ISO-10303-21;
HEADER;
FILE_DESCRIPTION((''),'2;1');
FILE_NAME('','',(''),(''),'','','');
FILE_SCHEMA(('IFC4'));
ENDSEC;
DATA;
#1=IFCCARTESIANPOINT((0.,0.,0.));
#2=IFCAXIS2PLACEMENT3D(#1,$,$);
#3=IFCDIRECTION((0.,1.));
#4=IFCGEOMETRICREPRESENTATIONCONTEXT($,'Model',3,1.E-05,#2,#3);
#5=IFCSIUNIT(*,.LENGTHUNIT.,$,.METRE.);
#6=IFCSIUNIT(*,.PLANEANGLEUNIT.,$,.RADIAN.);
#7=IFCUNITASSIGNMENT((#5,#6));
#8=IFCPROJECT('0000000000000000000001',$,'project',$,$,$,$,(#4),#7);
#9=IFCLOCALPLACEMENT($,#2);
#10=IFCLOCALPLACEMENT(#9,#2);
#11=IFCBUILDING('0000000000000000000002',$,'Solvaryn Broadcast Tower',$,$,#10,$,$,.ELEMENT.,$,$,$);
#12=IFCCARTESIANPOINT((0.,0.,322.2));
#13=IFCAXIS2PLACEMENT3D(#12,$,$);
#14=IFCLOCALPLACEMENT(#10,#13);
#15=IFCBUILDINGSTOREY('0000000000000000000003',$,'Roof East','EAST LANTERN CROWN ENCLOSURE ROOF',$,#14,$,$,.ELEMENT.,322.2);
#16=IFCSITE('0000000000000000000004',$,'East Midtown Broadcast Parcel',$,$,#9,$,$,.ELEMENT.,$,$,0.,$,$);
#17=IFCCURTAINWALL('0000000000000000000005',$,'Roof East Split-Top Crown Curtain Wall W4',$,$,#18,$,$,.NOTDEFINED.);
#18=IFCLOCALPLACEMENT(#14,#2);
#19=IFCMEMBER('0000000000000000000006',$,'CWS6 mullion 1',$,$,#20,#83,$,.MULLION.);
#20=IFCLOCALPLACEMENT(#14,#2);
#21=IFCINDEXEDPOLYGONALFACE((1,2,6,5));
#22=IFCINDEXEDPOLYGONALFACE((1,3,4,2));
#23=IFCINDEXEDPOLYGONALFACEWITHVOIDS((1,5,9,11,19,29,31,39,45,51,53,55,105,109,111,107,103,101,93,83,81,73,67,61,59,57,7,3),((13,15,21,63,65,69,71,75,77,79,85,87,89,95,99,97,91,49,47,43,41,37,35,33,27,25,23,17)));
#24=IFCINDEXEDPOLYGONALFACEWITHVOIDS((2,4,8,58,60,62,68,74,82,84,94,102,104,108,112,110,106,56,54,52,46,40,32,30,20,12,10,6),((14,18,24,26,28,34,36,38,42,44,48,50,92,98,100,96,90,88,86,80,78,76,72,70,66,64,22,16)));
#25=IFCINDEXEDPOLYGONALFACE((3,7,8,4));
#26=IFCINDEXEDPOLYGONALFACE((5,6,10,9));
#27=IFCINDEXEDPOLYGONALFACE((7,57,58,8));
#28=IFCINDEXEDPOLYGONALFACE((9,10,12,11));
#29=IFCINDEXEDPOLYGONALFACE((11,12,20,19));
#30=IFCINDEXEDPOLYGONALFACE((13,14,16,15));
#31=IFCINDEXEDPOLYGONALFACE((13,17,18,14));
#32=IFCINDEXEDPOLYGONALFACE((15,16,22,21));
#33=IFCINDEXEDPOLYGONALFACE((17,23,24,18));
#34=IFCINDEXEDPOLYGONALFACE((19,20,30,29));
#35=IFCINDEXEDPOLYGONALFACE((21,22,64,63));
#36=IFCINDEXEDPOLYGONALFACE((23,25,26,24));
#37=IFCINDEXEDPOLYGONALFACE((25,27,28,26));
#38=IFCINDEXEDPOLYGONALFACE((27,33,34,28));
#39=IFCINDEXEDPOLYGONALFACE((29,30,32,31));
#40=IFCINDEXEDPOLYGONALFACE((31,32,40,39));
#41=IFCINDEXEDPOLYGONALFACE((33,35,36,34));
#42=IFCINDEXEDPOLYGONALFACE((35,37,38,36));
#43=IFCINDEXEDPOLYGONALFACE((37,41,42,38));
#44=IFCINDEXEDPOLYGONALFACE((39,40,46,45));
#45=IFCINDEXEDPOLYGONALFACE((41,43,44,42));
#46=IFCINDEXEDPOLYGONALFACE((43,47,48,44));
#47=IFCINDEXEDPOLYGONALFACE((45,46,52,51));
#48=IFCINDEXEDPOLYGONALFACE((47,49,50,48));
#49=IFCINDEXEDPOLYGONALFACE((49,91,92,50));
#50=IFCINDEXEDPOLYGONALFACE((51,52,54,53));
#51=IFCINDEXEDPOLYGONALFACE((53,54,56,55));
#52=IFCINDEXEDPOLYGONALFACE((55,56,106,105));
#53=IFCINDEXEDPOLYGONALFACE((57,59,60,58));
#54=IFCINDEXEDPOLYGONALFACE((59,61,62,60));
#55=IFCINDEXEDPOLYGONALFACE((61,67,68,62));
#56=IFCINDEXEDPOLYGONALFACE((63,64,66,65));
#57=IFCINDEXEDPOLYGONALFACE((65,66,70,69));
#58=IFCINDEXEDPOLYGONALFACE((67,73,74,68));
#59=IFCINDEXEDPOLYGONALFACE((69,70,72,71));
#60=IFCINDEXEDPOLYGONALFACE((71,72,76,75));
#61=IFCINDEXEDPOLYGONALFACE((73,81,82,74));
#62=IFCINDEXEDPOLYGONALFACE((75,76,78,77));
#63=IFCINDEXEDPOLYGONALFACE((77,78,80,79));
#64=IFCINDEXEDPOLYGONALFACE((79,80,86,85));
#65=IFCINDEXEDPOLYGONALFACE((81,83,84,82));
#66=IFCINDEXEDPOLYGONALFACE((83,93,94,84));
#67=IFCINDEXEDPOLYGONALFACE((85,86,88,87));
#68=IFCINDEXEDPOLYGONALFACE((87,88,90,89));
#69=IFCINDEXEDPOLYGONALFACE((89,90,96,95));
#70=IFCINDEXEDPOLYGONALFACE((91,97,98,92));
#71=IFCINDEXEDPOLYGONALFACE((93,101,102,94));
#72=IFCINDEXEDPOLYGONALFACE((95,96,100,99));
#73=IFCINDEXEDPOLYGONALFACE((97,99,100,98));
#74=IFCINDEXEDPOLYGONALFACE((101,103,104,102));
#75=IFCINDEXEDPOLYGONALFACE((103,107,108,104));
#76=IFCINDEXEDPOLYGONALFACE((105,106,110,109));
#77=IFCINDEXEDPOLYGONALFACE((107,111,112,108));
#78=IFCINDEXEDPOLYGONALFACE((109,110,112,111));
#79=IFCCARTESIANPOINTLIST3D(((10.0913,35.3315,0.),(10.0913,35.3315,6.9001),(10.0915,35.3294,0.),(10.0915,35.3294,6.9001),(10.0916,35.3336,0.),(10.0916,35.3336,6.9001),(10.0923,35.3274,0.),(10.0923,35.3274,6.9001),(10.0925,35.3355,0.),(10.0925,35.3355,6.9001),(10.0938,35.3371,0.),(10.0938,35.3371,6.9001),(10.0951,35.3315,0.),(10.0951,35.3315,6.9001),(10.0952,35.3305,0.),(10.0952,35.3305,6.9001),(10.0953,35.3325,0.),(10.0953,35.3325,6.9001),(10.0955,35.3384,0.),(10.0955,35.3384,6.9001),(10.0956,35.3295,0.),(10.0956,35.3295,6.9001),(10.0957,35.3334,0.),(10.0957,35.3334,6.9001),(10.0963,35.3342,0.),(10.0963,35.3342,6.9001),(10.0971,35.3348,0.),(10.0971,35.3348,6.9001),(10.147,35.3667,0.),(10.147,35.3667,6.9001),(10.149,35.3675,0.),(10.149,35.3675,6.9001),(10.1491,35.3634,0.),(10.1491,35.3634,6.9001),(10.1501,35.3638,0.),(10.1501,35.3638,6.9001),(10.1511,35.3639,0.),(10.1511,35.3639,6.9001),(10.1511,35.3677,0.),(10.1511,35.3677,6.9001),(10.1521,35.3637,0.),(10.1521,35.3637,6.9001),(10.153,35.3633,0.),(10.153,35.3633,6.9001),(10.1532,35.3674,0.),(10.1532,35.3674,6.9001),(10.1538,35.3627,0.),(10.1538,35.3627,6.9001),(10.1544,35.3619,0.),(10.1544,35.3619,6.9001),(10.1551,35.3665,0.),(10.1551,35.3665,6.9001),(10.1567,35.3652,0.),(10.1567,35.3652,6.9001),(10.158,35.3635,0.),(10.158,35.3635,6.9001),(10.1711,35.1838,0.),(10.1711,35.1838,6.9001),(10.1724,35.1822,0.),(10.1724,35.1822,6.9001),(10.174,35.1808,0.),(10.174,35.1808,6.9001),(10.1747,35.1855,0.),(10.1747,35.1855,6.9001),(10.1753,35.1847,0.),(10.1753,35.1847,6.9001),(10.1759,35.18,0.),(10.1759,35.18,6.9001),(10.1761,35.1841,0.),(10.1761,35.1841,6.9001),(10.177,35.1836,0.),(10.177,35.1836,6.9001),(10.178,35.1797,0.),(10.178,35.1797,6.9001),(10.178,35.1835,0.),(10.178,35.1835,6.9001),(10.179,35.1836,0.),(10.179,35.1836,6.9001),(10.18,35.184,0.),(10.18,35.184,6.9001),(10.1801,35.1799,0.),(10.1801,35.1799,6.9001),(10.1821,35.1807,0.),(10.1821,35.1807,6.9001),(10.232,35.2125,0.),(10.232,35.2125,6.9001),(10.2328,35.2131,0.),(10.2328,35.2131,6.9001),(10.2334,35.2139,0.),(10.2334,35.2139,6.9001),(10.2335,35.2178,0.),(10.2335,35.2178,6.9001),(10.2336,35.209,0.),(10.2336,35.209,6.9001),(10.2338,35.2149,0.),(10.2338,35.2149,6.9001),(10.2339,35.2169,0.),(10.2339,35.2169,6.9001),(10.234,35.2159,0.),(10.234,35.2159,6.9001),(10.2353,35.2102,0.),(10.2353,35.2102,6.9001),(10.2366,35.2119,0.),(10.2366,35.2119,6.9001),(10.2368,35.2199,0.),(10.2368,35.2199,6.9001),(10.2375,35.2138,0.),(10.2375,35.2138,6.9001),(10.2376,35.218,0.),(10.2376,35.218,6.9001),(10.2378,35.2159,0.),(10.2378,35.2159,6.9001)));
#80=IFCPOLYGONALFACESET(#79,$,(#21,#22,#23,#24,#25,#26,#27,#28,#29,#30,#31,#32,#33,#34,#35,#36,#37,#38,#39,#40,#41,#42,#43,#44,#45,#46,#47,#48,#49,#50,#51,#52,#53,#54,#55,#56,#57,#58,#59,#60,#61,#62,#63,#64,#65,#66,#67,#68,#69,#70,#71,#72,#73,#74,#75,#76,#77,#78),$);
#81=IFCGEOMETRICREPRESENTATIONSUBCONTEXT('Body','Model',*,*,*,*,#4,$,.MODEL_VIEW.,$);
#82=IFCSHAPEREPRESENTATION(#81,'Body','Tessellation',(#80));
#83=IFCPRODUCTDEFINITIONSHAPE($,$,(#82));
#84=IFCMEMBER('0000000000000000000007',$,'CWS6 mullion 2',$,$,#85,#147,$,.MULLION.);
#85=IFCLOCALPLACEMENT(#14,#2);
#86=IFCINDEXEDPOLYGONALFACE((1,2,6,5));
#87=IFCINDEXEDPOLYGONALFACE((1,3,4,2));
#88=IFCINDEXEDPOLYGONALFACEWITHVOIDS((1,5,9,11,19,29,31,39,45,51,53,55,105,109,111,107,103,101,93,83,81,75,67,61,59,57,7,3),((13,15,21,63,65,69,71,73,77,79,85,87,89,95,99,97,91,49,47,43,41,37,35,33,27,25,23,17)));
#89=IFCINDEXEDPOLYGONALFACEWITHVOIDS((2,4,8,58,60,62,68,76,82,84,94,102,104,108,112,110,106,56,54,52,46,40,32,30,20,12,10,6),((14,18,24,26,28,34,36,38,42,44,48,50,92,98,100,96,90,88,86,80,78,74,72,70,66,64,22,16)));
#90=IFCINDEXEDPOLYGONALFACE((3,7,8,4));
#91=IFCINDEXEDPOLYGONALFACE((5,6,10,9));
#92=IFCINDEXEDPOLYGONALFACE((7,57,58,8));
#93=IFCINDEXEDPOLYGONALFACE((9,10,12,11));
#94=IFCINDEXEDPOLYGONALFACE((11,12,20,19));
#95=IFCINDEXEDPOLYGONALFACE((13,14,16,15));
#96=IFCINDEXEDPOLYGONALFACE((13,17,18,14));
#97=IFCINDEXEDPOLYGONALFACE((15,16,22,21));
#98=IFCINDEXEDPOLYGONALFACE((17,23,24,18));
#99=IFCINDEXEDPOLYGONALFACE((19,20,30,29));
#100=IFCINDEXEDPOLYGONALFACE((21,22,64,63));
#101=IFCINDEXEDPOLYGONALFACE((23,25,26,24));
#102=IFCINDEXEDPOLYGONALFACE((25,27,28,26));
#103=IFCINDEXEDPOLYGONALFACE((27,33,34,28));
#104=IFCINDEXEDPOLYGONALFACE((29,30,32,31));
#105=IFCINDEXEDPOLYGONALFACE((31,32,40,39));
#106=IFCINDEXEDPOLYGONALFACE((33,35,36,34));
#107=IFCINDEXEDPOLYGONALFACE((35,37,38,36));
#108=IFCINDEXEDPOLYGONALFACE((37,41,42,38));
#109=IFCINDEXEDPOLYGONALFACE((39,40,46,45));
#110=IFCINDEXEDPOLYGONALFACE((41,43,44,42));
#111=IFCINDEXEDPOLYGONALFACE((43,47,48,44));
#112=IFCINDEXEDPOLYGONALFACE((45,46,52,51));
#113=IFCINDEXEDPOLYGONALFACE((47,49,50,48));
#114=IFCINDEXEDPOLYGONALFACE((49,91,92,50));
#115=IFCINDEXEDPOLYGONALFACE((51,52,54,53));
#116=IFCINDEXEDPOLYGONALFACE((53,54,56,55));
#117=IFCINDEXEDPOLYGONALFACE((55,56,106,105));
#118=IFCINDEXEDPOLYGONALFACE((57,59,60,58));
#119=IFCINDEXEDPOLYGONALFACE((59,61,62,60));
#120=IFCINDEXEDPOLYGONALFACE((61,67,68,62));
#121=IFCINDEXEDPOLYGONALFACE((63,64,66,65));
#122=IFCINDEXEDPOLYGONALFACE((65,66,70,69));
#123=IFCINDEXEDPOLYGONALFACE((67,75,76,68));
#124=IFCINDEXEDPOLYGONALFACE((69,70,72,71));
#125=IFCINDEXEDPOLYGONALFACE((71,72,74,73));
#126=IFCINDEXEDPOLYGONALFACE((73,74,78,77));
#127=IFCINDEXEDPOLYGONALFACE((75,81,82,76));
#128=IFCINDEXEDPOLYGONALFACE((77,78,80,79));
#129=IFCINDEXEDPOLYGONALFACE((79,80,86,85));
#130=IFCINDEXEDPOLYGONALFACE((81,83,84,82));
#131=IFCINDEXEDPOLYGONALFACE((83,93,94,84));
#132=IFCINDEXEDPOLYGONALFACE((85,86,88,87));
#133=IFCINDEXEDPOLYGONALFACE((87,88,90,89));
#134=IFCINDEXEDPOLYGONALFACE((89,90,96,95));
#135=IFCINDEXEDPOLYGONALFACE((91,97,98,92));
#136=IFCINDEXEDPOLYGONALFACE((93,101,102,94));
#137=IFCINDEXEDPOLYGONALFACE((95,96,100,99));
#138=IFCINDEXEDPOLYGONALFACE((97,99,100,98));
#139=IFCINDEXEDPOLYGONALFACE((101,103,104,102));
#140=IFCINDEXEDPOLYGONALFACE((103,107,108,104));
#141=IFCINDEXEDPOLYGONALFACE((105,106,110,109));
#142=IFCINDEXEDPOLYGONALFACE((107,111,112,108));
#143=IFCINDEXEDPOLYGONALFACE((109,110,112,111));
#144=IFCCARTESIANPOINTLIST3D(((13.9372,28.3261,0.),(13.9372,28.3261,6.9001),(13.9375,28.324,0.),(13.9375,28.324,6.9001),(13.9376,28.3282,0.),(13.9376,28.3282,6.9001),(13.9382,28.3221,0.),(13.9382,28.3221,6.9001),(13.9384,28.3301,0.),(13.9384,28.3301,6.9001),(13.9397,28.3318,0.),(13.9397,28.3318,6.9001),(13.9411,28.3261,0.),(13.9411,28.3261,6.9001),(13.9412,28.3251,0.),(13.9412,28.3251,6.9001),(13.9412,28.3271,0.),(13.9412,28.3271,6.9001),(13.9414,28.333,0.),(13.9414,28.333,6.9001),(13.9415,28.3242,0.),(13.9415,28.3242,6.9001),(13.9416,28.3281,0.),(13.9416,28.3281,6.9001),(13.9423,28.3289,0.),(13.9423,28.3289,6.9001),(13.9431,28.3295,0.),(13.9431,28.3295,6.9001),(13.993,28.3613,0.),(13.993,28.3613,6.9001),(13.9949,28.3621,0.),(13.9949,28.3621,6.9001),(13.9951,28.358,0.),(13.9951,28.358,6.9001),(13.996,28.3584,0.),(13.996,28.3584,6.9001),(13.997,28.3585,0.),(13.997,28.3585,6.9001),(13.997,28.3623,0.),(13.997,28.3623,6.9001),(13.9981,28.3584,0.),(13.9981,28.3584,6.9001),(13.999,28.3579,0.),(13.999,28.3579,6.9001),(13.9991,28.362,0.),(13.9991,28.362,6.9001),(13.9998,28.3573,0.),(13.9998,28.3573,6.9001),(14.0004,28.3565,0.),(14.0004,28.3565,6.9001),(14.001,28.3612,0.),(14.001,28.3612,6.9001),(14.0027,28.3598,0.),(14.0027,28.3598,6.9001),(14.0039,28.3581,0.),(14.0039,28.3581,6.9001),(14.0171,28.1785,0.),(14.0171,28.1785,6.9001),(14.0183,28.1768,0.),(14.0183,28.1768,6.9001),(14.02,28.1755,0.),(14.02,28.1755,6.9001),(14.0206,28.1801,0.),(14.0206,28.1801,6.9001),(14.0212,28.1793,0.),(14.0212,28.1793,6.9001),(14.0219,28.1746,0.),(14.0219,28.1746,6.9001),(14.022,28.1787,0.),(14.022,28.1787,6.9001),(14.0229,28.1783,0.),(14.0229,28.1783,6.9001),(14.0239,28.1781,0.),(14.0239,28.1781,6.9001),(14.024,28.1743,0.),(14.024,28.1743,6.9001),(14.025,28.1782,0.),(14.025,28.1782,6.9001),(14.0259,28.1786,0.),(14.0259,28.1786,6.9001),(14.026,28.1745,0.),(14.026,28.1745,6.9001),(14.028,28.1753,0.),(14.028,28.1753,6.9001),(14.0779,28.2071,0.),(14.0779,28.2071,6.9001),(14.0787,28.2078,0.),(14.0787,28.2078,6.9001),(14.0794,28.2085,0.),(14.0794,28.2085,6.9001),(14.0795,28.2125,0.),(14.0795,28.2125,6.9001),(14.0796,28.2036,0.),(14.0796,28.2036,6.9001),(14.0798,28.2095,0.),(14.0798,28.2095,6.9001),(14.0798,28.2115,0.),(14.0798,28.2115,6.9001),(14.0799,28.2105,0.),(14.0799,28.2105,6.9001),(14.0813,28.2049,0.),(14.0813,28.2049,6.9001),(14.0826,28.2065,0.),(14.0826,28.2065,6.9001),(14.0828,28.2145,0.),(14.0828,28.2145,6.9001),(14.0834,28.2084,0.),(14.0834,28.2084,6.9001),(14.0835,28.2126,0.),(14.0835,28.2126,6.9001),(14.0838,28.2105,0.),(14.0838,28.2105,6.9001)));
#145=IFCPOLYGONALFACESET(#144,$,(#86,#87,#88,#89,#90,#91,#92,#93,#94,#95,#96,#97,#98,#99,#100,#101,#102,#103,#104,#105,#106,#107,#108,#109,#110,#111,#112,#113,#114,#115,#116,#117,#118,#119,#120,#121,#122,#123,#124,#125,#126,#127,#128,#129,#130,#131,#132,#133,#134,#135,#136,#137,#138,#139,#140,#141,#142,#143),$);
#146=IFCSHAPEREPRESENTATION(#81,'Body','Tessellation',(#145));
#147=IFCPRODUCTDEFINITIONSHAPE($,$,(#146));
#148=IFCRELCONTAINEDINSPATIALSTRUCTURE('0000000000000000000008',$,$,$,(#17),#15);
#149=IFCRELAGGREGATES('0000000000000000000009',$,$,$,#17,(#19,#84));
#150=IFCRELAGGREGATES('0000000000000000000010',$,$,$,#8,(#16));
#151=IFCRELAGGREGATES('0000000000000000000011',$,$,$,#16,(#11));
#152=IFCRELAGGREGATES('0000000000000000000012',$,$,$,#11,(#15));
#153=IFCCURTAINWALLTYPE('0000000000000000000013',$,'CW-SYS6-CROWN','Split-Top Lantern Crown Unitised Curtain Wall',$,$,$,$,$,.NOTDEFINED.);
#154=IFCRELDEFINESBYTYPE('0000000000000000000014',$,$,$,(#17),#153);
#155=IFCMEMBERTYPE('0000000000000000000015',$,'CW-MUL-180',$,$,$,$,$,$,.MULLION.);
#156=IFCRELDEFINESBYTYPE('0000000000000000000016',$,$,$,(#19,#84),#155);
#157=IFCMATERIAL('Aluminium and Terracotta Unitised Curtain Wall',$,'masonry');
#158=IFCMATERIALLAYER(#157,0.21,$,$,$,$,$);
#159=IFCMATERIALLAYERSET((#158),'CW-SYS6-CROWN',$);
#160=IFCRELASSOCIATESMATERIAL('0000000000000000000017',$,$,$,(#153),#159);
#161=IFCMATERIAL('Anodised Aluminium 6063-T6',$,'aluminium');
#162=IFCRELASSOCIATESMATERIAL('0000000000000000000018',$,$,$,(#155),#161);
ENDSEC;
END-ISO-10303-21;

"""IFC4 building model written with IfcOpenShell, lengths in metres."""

from ifc_helpers import new_model, si_unit, direction, frame, origin, origin_2d, place, context, subcontext, project, spatial, hollow_rectangle, extrude, material, layer, layer_set, material_profile, profile_set, type_object, element, aggregate, save


model = new_model("IFC4")

# Units and contexts
model_context = context("Model", 3, precision=1e-05, world=origin(), true_north=direction((0.0, 1.0)))
body_context = subcontext(model_context, "Body", "Model", "MODEL_VIEW")
ifc_project = project(units=[si_unit("LENGTHUNIT", "METRE"), si_unit("PLANEANGLEUNIT", "RADIAN")], contexts=[model_context])

# Site, building, storey
site_placement = place(None, origin())
site = spatial("IfcSite", under=ifc_project, at=site_placement, Name="East Midtown Broadcast Parcel", CompositionType="ELEMENT", RefElevation=0.0)
building_placement = place(site_placement, origin())
building = spatial("IfcBuilding", under=site, at=building_placement, Name="Solvaryn Broadcast Tower", CompositionType="ELEMENT")
storey_placement = place(building_placement, frame((0.0, 0.0, 322.2)))
storey = spatial("IfcBuildingStorey", under=building, at=storey_placement, Name="Roof East", Description="EAST LANTERN CROWN ENCLOSURE ROOF", CompositionType="ELEMENT", Elevation=322.2)

# Curtain wall, members
ifc_material_1 = material(Name="Aluminium and Terracotta Unitised Curtain Wall", Category="masonry")
ifc_layer_1 = layer(ifc_material_1, 0.21)
ifc_layer_set_1 = layer_set([ifc_layer_1], Name="CW-SYS6-CROWN")
curtain_wall_type = type_object("IfcCurtainWallType", Name="CW-SYS6-CROWN", Description="Split-Top Lantern Crown Unitised Curtain Wall", PredefinedType="NOTDEFINED", material=ifc_layer_set_1)
curtain_wall_1_placement = place(storey_placement, origin())
curtain_wall_1 = element("IfcCurtainWall", 1, at=curtain_wall_1_placement, inside=storey, type_object=curtain_wall_type, Name="Roof East Split-Top Crown Curtain Wall W4", PredefinedType="NOTDEFINED")
ifc_material_2 = material(Name="Anodised Aluminium 6063-T6", Category="aluminium")
ifc_material_profile_1 = material_profile(ifc_material_2, hollow_rectangle(XDim=0.075, YDim=0.1799, WallThickness=0.0039, InnerFilletRadius=0.0039, OuterFilletRadius=0.0081, at=origin_2d()))
ifc_profile_set_1 = profile_set([ifc_material_profile_1], Name="Anodised Aluminium 6063-T6")
member_type_1 = type_object("IfcMemberType", Name="CW-MUL-180", PredefinedType="MULLION", material=ifc_profile_set_1)
member_1_placement = place(storey_placement, frame((10.1646, 35.2737, 0.0), z_axis=(0.0, 0.0, 1.0), x_axis=(0.876578, 0.481261, 0.0)))
member_1 = element("IfcMember", 2, at=member_1_placement, type_object=member_type_1, Name="CWS6 mullion 1", PredefinedType="MULLION", context=body_context, shape_type="SweptSolid", body=[
    extrude(hollow_rectangle(XDim=0.075, YDim=0.1799, WallThickness=0.0039, InnerFilletRadius=0.0039, OuterFilletRadius=0.0081, at=origin_2d()), origin(), (0.0, 0.0, 1.0), 6.9001),
])
member_2_placement = place(storey_placement, frame((14.0105, 28.2683, 0.0), z_axis=(0.0, 0.0, 1.0), x_axis=(0.876578, 0.481261, 0.0)))
member_2 = element("IfcMember", 3, at=member_2_placement, type_object=member_type_1, Name="CWS6 mullion 2", PredefinedType="MULLION", context=body_context, shape_type="SweptSolid", body=[
    extrude(hollow_rectangle(XDim=0.075, YDim=0.1799, WallThickness=0.0039, InnerFilletRadius=0.0039, OuterFilletRadius=0.0081, at=origin_2d()), origin(), (0.0, 0.0, 1.0), 6.9001),
])

aggregate(curtain_wall_1, [member_1, member_2])

save(model, "model.ifc")
